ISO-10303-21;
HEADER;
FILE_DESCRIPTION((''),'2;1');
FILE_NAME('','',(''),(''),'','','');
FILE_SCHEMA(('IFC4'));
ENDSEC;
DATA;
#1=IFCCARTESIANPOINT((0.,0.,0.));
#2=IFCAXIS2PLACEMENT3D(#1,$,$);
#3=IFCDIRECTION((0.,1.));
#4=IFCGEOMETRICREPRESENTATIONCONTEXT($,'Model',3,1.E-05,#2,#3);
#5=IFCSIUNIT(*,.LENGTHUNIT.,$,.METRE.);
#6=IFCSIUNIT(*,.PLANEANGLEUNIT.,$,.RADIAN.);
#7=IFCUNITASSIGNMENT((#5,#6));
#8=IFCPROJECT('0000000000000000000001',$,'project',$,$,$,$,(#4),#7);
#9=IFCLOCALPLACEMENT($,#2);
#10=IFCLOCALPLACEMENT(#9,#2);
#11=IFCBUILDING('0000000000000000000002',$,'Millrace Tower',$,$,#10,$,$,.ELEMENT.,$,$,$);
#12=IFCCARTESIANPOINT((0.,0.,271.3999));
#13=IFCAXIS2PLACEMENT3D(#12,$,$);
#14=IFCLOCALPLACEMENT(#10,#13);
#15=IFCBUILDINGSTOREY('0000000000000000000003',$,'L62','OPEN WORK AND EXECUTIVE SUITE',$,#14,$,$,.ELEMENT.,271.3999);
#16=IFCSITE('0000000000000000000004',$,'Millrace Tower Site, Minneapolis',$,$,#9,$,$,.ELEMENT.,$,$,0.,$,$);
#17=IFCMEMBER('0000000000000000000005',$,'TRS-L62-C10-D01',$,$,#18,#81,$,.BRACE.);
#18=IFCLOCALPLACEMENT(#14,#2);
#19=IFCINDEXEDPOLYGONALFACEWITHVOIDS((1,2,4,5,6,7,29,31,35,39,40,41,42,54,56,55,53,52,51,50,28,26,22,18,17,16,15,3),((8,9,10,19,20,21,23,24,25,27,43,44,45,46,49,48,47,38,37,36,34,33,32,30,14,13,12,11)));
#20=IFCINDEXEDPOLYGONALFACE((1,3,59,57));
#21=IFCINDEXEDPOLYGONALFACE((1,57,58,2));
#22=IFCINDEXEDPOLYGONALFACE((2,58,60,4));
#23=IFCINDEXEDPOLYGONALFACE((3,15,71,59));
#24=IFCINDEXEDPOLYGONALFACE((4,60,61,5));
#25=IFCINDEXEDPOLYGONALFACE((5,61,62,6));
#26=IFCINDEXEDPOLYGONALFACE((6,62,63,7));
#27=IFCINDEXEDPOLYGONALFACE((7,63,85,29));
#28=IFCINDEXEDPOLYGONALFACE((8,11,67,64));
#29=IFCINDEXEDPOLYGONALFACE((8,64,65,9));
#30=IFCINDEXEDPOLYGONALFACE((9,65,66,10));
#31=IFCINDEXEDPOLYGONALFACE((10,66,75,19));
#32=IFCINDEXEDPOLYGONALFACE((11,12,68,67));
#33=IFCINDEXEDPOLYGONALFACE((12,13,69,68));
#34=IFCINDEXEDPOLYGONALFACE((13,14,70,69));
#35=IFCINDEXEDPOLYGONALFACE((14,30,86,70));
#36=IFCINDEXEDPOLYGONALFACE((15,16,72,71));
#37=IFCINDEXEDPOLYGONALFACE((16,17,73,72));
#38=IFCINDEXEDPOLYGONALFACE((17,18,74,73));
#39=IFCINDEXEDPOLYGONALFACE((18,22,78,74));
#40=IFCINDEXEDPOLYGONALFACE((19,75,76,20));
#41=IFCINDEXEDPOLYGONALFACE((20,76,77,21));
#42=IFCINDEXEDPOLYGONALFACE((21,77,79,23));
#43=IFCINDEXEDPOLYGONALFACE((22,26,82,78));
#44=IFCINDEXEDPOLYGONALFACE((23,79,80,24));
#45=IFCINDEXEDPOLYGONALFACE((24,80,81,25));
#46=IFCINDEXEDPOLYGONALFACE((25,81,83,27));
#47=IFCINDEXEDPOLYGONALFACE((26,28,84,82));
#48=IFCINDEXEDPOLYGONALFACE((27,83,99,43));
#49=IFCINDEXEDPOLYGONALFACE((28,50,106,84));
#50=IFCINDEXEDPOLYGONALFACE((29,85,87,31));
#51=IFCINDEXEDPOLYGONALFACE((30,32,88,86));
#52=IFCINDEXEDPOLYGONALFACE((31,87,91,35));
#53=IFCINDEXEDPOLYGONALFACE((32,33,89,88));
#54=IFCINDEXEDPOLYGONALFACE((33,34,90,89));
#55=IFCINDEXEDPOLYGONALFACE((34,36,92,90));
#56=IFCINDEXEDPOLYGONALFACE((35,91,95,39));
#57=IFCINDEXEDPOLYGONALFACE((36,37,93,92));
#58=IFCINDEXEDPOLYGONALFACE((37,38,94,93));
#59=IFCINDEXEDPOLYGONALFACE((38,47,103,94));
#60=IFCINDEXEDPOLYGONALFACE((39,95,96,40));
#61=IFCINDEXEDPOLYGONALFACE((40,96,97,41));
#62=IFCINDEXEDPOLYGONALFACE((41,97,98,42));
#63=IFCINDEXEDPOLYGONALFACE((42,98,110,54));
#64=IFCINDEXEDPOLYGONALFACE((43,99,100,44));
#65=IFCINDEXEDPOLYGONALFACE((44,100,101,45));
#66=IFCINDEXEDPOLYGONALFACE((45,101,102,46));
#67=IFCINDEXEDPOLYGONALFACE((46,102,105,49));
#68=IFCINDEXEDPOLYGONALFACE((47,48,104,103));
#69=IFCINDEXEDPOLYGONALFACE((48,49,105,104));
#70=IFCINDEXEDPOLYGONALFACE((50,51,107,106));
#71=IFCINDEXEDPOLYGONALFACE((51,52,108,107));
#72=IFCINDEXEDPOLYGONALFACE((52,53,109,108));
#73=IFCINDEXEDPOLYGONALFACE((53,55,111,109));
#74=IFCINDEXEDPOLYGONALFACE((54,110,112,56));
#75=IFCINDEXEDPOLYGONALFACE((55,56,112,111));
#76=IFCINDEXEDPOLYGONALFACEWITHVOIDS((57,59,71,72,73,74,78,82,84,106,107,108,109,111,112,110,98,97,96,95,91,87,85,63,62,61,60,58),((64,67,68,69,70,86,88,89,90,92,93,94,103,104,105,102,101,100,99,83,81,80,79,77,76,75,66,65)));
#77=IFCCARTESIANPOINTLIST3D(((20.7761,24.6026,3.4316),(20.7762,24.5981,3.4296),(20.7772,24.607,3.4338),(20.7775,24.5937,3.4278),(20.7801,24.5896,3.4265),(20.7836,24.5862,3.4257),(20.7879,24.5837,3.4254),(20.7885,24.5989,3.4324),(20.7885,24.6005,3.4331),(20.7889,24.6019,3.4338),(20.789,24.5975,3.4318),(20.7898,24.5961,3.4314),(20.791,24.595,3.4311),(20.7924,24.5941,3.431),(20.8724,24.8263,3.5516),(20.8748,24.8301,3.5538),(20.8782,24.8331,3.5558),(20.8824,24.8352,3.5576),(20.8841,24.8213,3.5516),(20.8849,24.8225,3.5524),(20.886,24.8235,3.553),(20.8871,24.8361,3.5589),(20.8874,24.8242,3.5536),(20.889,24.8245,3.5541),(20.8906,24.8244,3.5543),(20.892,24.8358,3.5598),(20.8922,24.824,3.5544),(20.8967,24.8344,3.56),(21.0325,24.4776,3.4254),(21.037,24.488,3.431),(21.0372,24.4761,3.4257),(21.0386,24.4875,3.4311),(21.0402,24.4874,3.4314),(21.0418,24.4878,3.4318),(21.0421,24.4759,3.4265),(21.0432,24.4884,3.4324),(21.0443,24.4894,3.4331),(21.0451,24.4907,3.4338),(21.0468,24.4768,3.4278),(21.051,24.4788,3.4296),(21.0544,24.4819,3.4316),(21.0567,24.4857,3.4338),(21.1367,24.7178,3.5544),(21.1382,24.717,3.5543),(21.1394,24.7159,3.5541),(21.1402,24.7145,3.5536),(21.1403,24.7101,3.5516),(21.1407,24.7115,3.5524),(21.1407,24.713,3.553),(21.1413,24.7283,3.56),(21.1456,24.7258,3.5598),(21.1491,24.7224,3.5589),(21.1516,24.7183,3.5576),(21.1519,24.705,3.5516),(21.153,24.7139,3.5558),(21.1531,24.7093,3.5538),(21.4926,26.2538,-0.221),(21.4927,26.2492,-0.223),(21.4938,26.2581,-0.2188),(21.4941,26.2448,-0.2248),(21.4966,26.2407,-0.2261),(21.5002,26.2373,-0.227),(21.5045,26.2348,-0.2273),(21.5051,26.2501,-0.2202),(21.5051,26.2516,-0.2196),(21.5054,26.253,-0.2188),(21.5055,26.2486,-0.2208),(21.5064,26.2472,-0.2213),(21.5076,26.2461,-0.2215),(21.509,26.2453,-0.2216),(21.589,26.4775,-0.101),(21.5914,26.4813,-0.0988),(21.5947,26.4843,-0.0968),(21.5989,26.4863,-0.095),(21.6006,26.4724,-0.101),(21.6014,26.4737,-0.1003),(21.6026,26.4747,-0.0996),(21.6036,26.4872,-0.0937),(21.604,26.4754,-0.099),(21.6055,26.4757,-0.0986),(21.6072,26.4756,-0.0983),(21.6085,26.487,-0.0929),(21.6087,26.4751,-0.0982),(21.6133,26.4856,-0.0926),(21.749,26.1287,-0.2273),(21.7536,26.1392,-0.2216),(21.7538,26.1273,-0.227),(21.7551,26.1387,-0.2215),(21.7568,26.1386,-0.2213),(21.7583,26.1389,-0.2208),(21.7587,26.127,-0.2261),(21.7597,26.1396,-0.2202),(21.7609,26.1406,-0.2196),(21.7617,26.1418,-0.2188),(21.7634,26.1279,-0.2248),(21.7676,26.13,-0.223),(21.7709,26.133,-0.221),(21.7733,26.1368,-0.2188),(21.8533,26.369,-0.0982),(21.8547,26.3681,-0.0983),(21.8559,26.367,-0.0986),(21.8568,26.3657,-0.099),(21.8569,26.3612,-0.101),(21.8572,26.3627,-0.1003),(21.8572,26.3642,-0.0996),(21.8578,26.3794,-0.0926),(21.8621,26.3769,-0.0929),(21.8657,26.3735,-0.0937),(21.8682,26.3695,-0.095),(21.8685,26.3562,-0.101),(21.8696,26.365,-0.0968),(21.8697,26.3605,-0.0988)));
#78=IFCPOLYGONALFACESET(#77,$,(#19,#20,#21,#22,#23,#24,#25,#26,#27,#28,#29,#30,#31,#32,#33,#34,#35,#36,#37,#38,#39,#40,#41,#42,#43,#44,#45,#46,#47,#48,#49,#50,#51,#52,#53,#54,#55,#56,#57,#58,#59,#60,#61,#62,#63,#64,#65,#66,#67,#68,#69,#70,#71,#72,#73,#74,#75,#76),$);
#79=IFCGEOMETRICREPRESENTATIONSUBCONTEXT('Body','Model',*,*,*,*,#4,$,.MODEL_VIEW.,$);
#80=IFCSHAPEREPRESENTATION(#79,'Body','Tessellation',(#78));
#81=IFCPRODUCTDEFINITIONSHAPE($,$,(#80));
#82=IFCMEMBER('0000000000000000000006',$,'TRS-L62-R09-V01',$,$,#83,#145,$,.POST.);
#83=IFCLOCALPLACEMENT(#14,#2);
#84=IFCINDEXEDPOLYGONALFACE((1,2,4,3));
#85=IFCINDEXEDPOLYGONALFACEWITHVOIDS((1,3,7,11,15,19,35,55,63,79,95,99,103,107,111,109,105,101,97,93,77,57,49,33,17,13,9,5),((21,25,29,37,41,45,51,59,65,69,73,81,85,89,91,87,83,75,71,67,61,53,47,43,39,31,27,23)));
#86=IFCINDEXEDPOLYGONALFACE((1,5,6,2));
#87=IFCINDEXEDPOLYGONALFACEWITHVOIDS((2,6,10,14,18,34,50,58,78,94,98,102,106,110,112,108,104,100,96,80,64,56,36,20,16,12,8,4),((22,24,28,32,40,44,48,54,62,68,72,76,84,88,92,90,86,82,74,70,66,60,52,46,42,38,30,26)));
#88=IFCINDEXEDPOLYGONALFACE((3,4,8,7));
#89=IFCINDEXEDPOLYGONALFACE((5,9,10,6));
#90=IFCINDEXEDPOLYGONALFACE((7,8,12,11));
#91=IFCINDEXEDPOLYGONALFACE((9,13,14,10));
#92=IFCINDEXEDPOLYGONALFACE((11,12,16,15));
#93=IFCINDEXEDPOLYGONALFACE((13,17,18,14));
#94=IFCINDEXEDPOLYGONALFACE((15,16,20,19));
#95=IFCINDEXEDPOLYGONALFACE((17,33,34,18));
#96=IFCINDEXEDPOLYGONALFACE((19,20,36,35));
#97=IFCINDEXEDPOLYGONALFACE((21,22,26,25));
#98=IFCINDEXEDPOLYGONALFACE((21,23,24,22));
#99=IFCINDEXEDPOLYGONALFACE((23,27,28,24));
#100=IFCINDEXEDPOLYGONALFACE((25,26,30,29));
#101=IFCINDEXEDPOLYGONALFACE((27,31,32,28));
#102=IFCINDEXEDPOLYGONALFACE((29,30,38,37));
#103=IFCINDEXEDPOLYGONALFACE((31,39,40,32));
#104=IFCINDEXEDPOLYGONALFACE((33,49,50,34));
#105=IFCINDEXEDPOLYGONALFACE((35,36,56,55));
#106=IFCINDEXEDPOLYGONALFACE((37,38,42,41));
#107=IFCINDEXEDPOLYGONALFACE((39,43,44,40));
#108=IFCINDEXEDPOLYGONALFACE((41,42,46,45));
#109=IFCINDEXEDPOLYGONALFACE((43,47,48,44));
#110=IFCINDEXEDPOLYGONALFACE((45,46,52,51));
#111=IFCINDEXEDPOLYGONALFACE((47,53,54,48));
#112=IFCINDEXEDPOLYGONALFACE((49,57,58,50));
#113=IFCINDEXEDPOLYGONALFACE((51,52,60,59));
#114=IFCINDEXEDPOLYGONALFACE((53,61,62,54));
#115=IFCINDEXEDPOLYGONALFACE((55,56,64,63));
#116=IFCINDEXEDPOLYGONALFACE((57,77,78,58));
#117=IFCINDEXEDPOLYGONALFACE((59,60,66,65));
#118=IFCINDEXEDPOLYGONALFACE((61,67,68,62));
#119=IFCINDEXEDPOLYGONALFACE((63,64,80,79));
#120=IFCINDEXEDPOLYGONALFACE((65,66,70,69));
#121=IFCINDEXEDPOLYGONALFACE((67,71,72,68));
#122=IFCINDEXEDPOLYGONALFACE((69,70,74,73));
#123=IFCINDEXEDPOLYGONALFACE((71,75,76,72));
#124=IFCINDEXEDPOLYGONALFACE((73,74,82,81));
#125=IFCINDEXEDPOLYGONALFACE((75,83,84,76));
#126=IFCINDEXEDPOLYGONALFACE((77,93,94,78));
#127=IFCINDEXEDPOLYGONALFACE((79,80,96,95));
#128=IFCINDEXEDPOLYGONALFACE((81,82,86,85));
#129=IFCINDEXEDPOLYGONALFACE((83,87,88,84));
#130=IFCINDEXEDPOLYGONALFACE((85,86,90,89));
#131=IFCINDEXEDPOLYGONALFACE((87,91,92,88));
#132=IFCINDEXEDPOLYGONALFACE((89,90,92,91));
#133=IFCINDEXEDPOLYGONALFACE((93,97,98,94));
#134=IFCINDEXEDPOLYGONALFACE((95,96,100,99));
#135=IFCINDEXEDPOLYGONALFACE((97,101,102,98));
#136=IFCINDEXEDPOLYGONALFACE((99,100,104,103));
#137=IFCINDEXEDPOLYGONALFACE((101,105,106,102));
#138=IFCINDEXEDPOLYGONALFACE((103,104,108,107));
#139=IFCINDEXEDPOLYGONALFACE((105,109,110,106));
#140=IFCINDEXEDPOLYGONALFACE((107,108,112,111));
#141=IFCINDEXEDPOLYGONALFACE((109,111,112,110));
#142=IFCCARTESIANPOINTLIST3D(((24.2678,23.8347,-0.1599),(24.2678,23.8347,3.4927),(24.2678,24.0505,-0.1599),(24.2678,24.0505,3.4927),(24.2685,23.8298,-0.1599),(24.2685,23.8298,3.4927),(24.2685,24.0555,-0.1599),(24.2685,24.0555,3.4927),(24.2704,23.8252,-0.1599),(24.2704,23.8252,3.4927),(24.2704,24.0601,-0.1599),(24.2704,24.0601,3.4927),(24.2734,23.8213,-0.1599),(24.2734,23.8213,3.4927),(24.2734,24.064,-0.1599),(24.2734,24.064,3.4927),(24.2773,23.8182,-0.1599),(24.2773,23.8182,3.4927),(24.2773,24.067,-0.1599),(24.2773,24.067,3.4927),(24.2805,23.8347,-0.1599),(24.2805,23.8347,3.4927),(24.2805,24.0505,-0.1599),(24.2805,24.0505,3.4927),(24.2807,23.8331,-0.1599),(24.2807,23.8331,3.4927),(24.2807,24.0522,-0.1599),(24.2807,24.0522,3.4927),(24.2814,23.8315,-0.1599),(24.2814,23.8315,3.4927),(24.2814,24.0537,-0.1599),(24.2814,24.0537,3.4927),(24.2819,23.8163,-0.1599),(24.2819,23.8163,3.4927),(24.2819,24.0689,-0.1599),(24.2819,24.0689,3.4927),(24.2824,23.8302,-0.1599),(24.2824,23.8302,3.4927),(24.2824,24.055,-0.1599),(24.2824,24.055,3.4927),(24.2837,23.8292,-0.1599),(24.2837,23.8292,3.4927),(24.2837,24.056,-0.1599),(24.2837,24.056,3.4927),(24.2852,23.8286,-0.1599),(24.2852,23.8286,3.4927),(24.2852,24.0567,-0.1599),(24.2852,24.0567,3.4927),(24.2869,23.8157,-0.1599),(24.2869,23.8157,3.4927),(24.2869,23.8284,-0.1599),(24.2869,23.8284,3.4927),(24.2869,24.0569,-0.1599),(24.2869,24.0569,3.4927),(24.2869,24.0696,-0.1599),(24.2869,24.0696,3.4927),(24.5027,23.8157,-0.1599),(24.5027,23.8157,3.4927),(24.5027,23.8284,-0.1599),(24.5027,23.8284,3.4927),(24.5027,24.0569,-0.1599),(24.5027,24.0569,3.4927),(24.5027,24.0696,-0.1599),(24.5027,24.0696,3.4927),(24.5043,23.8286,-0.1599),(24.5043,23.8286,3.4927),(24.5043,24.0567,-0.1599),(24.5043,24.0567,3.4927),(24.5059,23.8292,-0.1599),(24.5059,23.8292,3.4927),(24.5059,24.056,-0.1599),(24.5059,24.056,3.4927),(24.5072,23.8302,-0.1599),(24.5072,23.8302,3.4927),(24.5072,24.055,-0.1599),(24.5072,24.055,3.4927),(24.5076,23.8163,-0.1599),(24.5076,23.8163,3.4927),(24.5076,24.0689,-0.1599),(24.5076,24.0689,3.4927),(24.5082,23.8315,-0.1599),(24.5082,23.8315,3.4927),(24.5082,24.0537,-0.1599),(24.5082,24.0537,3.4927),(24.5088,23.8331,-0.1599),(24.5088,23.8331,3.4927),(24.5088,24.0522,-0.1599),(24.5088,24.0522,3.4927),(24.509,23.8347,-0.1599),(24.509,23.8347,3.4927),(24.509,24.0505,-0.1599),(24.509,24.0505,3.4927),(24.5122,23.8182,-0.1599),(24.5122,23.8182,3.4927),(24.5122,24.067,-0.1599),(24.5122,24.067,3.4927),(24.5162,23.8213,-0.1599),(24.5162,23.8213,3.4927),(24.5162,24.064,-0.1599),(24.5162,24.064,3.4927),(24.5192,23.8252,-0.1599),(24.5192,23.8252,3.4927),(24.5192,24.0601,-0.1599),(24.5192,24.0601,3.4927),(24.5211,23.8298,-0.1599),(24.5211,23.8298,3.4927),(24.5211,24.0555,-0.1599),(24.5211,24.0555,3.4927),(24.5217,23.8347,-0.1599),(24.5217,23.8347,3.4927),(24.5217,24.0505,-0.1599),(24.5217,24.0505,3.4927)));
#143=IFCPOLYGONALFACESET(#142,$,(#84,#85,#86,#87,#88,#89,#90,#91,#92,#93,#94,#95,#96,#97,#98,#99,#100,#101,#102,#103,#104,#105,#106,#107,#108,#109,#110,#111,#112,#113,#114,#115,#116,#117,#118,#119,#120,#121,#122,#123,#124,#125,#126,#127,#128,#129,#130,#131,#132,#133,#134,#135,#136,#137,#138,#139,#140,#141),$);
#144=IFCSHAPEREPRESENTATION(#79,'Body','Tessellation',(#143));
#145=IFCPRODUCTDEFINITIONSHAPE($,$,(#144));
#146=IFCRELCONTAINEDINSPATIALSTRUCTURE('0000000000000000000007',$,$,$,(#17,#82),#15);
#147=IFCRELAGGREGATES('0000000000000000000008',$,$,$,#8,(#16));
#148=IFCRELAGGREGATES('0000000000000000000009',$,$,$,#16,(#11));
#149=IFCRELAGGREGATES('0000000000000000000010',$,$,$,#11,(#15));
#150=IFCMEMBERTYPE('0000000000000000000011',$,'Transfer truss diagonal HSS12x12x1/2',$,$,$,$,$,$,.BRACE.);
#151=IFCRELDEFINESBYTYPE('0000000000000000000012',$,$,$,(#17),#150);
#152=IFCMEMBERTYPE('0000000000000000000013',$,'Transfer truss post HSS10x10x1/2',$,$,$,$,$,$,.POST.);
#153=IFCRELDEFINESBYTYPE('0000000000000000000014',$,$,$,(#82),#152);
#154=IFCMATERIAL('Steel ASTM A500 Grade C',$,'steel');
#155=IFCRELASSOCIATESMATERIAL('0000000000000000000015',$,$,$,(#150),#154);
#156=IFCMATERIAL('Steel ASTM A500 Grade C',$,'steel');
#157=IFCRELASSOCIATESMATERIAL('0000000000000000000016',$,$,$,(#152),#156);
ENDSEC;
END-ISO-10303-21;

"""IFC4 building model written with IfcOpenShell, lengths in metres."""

from ifc_helpers import new_model, si_unit, direction, frame, origin, origin_2d, place, context, subcontext, project, spatial, hollow_rectangle, extrude, material, material_profile, profile_set, type_object, element, save


model = new_model("IFC4")

# Units and contexts
model_context = context("Model", 3, precision=1e-05, world=origin(), true_north=direction((0.0, 1.0)))
body_context = subcontext(model_context, "Body", "Model", "MODEL_VIEW")
ifc_project = project(units=[si_unit("LENGTHUNIT", "METRE"), si_unit("PLANEANGLEUNIT", "RADIAN")], contexts=[model_context])

# Site, building, storey
site_placement = place(None, origin())
site = spatial("IfcSite", under=ifc_project, at=site_placement, Name="Millrace Tower Site, Minneapolis", CompositionType="ELEMENT", RefElevation=0.0)
building_placement = place(site_placement, origin())
building = spatial("IfcBuilding", under=site, at=building_placement, Name="Millrace Tower", CompositionType="ELEMENT")
storey_placement = place(building_placement, frame((0.0, 0.0, 271.3999)))
storey = spatial("IfcBuildingStorey", under=building, at=storey_placement, Name="L62", Description="OPEN WORK AND EXECUTIVE SUITE", CompositionType="ELEMENT", Elevation=271.3999)

# Members
ifc_material_1 = material(Name="Steel ASTM A500 Grade C", Category="steel")
ifc_material_profile_1 = material_profile(ifc_material_1, hollow_rectangle(XDim=0.3047, YDim=0.3047, WallThickness=0.0127, InnerFilletRadius=0.0063, OuterFilletRadius=0.019, at=origin_2d()))
ifc_profile_set_1 = profile_set([ifc_material_profile_1], Name="Steel ASTM A500 Grade C")
member_type_1 = type_object("IfcMemberType", Name="Transfer truss diagonal HSS12x12x1/2", PredefinedType="BRACE", material=ifc_profile_set_1)
member_1_placement = place(storey_placement, frame((21.6812, 26.3071, -0.1599), z_axis=(-0.175971, -0.405484, 0.897004), x_axis=(0.917339, -0.398106, 0.0)))
element("IfcMember", 1, at=member_1_placement, inside=storey, type_object=member_type_1, Name="TRS-L62-C10-D01", PredefinedType="BRACE", context=body_context, shape_type="SweptSolid", body=[
    extrude(hollow_rectangle(XDim=0.3047, YDim=0.3047, WallThickness=0.0127, InnerFilletRadius=0.0063, OuterFilletRadius=0.019, at=origin_2d()), origin(), (0.0, 0.0, 1.0), 4.072),
])
ifc_material_2 = material(Name="Steel ASTM A500 Grade C", Category="steel")
ifc_material_profile_2 = material_profile(ifc_material_2, hollow_rectangle(XDim=0.2539, YDim=0.2539, WallThickness=0.0127, InnerFilletRadius=0.0063, OuterFilletRadius=0.019, at=origin_2d()))
ifc_profile_set_2 = profile_set([ifc_material_profile_2], Name="Steel ASTM A500 Grade C")
member_type_2 = type_object("IfcMemberType", Name="Transfer truss post HSS10x10x1/2", PredefinedType="POST", material=ifc_profile_set_2)
for number, where, z_axis, x_axis, name in (
    (2, (24.3948, 23.9426, -0.1599), (0.0, 0.0, 1.0), (1.0, 0.0, 0.0), "TRS-L62-R09-V01"),
):
    element("IfcMember", number, at=place(storey_placement, frame(where, z_axis=z_axis, x_axis=x_axis)), inside=storey, type_object=member_type_2, Name=name, PredefinedType="POST", context=body_context, shape_type="SweptSolid", body=[
        extrude(hollow_rectangle(XDim=0.2539, YDim=0.2539, WallThickness=0.0127, InnerFilletRadius=0.0063, OuterFilletRadius=0.019, at=origin_2d()), origin(), (0.0, 0.0, 1.0), 3.6526),
    ])

save(model, "model.ifc")
